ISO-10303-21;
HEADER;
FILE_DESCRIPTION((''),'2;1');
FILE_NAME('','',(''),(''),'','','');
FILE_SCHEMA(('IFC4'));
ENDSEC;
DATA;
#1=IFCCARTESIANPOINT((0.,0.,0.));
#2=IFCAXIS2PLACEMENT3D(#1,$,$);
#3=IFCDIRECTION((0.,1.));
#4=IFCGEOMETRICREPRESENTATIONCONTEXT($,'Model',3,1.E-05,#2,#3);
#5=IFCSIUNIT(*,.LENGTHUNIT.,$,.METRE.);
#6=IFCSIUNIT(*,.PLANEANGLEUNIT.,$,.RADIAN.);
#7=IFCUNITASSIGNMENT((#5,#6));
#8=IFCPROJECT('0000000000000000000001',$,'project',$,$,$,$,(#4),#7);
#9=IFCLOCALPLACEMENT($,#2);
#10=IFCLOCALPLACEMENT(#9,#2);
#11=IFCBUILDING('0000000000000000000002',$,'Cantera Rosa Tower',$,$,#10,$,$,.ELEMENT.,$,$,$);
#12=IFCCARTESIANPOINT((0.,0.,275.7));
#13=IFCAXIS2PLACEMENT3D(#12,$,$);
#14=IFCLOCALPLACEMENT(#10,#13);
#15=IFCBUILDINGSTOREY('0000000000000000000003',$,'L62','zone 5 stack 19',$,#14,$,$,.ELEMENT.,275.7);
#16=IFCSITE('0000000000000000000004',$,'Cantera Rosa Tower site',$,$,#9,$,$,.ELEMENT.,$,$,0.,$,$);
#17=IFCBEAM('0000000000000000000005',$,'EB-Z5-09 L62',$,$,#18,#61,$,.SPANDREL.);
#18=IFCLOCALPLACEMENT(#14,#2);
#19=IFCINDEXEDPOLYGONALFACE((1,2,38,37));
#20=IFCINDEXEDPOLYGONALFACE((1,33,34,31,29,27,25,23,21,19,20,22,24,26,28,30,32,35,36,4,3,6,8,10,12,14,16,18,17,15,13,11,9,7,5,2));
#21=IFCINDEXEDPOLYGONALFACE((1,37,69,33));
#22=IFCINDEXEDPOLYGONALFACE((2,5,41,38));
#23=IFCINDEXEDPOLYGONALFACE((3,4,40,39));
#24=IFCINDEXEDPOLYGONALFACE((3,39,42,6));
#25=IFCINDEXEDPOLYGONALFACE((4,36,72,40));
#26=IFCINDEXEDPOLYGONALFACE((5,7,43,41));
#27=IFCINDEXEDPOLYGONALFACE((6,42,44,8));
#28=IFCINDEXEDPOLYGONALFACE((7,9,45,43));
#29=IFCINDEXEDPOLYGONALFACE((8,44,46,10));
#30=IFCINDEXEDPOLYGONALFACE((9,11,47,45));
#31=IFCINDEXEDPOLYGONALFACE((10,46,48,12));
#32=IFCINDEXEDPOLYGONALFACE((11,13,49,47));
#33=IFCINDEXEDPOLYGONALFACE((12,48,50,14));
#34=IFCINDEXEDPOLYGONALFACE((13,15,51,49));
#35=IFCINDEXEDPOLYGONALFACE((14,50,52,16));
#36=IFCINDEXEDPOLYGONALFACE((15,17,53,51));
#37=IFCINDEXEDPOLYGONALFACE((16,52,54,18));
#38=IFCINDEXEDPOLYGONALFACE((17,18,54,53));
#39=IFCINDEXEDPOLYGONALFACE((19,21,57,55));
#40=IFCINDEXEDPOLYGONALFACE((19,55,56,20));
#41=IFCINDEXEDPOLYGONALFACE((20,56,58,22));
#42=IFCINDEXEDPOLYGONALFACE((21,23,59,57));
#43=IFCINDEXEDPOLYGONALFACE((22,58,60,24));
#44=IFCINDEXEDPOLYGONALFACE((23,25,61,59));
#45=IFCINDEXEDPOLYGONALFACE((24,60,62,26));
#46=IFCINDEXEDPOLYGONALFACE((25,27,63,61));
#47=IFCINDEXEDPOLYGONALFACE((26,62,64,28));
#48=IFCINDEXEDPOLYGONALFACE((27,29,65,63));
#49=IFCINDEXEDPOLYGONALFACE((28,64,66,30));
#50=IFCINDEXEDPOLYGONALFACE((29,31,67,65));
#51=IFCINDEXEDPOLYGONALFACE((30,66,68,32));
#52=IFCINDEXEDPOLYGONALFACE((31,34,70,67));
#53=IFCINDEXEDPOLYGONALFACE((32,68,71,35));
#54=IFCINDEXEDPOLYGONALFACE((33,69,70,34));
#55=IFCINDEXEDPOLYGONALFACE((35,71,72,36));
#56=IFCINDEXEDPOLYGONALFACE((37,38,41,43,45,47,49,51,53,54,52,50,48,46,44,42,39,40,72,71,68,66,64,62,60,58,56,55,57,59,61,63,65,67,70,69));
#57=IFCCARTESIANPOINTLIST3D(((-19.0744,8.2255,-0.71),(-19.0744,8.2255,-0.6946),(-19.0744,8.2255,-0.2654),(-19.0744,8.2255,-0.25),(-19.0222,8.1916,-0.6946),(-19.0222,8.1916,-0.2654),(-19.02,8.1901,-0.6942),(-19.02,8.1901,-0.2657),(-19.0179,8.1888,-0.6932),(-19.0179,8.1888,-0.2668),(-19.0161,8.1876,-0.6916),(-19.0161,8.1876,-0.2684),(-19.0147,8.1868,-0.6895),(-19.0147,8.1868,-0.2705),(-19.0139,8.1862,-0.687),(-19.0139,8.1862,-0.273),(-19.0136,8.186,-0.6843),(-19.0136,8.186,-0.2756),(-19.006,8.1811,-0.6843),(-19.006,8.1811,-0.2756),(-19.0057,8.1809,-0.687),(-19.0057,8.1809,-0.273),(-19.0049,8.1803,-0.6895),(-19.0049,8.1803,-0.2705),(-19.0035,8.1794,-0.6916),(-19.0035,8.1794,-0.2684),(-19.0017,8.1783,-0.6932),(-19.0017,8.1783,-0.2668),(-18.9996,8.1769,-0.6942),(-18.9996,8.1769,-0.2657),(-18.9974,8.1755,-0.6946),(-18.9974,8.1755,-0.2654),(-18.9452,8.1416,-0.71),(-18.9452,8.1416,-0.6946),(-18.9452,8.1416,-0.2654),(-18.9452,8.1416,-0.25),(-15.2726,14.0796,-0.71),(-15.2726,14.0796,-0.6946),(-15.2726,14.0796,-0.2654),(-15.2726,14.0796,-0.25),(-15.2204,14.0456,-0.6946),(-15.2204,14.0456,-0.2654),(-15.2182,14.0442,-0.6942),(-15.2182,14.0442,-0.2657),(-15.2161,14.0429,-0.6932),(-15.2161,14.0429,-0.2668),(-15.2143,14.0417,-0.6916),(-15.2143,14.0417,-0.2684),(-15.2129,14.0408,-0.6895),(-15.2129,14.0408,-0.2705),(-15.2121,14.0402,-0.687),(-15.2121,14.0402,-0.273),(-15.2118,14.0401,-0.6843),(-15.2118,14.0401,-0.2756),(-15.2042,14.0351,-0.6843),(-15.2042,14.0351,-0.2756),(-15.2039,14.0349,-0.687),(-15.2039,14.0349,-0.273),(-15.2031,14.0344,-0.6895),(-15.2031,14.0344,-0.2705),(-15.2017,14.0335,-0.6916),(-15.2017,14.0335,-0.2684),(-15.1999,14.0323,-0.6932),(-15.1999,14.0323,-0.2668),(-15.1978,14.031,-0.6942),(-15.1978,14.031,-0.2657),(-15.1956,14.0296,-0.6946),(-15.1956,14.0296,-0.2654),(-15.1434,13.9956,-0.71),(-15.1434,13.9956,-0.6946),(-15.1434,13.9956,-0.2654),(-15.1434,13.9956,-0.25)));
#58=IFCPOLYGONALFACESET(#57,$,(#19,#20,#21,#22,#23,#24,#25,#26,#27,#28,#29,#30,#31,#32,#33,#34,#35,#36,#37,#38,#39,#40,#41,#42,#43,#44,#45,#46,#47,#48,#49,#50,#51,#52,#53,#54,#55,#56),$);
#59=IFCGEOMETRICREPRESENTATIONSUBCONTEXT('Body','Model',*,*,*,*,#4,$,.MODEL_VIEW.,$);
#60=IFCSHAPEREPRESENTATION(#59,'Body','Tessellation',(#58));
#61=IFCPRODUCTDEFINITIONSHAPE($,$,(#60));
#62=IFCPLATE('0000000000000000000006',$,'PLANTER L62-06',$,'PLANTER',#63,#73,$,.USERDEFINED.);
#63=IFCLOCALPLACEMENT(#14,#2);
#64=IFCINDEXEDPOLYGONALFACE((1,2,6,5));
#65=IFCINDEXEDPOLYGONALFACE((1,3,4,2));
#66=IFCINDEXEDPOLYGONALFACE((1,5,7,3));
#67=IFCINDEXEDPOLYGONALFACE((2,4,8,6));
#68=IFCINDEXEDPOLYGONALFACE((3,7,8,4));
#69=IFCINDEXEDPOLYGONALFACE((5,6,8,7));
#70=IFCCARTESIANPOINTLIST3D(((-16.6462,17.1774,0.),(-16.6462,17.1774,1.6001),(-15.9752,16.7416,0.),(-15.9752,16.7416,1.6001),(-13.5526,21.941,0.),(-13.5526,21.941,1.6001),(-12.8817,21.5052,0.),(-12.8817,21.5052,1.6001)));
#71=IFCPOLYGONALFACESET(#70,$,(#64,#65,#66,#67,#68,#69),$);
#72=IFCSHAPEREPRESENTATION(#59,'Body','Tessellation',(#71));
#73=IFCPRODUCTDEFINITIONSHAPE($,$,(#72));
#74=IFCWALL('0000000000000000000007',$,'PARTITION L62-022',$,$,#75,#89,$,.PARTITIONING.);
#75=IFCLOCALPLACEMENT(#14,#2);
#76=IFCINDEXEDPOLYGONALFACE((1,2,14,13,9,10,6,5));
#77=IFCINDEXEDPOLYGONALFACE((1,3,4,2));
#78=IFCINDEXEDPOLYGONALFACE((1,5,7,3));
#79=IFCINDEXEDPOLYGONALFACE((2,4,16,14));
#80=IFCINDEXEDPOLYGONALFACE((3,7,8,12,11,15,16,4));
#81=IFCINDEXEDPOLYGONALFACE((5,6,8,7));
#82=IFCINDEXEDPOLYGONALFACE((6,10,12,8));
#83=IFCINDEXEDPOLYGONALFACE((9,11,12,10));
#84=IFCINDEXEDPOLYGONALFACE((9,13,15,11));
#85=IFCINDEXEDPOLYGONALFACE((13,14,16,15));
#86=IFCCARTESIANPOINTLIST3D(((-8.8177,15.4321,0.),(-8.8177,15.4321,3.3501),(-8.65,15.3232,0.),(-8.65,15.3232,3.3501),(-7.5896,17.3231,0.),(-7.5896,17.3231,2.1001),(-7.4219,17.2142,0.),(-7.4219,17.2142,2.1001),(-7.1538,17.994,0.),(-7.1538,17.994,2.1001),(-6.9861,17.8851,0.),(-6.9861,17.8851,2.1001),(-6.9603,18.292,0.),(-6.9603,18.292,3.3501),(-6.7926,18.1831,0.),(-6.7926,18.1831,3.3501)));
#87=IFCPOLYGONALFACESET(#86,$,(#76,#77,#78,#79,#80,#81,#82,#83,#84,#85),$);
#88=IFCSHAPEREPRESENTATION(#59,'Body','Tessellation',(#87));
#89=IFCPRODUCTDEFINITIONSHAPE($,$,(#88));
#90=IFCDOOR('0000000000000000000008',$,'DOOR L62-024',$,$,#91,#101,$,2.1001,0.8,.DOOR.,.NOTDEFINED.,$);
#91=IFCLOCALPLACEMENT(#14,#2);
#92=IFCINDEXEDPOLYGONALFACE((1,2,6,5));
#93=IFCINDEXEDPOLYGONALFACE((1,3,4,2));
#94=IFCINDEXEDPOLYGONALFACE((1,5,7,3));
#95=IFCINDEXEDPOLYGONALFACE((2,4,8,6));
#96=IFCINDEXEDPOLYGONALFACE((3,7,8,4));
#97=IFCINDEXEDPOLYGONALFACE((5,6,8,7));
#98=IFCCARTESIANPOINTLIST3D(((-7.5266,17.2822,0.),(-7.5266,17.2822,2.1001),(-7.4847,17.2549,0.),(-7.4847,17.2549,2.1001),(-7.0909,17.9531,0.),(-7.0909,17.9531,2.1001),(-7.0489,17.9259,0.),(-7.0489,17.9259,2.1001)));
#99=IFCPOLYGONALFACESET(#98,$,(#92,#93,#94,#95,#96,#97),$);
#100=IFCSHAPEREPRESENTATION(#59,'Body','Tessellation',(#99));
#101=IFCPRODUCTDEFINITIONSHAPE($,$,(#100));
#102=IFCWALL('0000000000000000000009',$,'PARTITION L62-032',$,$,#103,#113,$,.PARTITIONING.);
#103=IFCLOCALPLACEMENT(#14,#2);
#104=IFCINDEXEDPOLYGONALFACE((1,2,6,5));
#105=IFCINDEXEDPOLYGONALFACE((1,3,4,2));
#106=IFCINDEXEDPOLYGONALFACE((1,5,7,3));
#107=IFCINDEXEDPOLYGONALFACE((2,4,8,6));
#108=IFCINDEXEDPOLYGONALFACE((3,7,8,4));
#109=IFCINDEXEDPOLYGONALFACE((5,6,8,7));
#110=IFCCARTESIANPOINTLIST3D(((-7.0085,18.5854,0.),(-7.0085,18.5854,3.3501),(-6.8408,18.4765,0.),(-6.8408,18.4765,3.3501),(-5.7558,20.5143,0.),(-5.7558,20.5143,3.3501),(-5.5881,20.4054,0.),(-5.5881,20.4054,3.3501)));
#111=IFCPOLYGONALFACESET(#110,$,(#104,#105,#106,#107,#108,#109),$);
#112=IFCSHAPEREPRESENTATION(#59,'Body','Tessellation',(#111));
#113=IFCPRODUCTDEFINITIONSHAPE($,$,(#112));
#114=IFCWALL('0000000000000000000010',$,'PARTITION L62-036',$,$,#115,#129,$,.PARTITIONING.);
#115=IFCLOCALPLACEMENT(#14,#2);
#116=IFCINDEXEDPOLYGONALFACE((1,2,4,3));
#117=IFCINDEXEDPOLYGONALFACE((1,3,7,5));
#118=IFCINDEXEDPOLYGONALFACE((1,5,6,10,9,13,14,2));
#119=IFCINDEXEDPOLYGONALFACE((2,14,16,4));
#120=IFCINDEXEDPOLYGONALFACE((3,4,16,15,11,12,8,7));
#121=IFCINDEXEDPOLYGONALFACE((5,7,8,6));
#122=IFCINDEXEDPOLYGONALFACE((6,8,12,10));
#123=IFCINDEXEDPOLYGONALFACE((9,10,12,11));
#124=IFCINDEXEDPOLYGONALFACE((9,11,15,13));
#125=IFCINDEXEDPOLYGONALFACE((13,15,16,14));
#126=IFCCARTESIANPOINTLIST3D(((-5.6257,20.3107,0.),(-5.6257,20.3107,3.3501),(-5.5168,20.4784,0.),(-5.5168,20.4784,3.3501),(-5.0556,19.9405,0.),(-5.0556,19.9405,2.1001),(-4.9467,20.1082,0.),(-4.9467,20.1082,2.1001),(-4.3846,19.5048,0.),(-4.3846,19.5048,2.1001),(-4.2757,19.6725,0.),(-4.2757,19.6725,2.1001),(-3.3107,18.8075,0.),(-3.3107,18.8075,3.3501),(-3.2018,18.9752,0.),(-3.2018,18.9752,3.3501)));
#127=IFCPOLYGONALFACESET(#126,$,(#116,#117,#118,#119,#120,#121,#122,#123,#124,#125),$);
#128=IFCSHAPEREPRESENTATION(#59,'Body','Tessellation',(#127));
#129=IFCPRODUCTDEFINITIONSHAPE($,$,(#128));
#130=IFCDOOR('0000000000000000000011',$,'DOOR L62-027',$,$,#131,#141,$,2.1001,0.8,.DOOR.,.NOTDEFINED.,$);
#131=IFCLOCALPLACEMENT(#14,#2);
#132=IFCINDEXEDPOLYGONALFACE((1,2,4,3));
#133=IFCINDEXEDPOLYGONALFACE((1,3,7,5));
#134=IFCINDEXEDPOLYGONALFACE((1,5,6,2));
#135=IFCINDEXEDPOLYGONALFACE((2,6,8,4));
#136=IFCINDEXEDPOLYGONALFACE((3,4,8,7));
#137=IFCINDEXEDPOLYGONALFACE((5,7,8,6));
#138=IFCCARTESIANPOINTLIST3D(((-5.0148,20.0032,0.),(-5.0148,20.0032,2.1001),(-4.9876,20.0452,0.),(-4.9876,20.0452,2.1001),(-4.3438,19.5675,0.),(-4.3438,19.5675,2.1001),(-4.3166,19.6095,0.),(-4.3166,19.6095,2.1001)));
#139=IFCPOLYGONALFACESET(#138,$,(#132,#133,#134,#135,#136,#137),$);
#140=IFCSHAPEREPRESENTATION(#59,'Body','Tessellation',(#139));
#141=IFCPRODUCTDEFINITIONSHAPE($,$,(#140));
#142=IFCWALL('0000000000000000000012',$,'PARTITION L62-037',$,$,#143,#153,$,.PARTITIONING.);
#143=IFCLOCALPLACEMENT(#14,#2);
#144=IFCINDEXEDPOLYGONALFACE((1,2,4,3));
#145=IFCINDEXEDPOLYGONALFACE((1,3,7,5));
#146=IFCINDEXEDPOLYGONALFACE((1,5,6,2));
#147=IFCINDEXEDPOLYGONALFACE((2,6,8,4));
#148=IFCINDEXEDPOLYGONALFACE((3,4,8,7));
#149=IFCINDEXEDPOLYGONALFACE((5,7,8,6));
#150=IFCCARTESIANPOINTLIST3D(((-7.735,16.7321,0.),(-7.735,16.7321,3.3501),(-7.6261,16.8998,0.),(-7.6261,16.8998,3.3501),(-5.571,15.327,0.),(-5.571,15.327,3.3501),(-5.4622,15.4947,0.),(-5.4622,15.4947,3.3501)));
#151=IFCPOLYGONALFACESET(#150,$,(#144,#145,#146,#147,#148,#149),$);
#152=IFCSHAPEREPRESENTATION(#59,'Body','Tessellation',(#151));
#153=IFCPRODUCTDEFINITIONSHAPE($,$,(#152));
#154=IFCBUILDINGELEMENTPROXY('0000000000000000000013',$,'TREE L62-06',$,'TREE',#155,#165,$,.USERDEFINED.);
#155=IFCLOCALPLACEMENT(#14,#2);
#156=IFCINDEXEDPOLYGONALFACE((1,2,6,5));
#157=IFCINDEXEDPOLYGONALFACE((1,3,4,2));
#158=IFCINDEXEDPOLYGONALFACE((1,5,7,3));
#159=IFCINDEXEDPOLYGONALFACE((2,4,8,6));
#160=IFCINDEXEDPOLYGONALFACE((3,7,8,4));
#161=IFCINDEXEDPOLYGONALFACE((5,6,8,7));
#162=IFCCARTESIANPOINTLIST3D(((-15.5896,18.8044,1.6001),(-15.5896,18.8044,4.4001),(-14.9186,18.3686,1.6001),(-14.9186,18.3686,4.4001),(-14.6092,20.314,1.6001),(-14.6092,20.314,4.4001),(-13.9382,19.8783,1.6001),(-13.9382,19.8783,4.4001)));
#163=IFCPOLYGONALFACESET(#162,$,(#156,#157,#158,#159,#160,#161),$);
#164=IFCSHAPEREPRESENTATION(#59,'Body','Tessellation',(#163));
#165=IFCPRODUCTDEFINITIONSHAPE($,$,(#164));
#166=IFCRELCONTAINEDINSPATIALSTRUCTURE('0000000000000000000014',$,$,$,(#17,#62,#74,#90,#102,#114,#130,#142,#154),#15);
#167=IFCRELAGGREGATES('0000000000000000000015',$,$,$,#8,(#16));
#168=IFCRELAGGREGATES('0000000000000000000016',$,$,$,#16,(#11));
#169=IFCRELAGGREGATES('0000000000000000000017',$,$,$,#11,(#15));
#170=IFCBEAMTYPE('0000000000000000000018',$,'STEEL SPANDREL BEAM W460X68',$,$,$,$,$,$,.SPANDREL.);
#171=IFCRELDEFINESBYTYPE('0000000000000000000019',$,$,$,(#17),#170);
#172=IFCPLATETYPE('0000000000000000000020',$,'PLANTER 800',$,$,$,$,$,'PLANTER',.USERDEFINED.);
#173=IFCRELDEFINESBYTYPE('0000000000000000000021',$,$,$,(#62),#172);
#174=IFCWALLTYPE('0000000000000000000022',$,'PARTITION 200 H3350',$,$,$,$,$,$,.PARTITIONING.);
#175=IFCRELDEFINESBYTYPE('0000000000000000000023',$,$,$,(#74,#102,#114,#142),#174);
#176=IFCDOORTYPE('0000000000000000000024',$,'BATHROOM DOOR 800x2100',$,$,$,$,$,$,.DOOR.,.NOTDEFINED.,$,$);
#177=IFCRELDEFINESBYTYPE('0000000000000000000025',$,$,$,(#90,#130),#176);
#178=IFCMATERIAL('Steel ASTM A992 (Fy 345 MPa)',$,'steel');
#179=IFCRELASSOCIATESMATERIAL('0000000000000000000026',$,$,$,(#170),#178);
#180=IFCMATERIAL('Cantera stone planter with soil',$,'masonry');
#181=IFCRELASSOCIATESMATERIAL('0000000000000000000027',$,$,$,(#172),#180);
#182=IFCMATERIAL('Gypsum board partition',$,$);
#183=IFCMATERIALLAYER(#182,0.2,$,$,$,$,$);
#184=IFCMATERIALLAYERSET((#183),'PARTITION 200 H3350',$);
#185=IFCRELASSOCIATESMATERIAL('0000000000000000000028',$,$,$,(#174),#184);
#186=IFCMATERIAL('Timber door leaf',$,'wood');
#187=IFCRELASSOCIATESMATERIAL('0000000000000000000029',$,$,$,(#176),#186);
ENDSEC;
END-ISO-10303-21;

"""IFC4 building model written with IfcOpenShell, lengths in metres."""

from ifc_helpers import new_model, si_unit, direction, frame, frame_2d, origin, origin_2d, place, context, subcontext, project, spatial, rectangle, i_section, extrude, material, layer, layer_set, material_profile, profile_set, type_object, element, fill, save


model = new_model("IFC4")

# Units and contexts
model_context = context("Model", 3, precision=1e-05, world=origin(), true_north=direction((0.0, 1.0)))
body_context = subcontext(model_context, "Body", "Model", "MODEL_VIEW")
ifc_project = project(units=[si_unit("LENGTHUNIT", "METRE"), si_unit("PLANEANGLEUNIT", "RADIAN")], contexts=[model_context])

# Site, building, storey
site_placement = place(None, origin())
site = spatial("IfcSite", under=ifc_project, at=site_placement, Name="Cantera Rosa Tower site", CompositionType="ELEMENT", RefElevation=0.0)
building_placement = place(site_placement, origin())
building = spatial("IfcBuilding", under=site, at=building_placement, Name="Cantera Rosa Tower", CompositionType="ELEMENT")
storey_placement = place(building_placement, frame((0.0, 0.0, 275.7)))
storey = spatial("IfcBuildingStorey", under=building, at=storey_placement, Name="L62", Description="zone 5 stack 19", CompositionType="ELEMENT", Elevation=275.7)

# Beam
ifc_material_1 = material(Name="Steel ASTM A992 (Fy 345 MPa)", Category="steel")
ifc_material_profile_1 = material_profile(ifc_material_1, i_section(OverallWidth=0.1541, OverallDepth=0.46, WebThickness=0.009, FlangeThickness=0.0154, FilletRadius=0.0103, at=origin_2d()), Name="W460X68")
ifc_profile_set_1 = profile_set([ifc_material_profile_1], Name="Steel ASTM A992 (Fy 345 MPa)")
beam_type_1 = type_object("IfcBeamType", Name="STEEL SPANDREL BEAM W460X68", PredefinedType="SPANDREL", material=ifc_profile_set_1)
for number, where, z_axis, x_axis, name in (
    (1, (-15.208, 14.0376, -0.48), (-0.544651, -0.838663, 0.0), (0.838663, -0.544651, 0.0), "EB-Z5-09 L62"),
):
    element("IfcBeam", number, at=place(storey_placement, frame(where, z_axis=z_axis, x_axis=x_axis)), inside=storey, type_object=beam_type_1, Name=name, PredefinedType="SPANDREL", context=body_context, shape_type="SweptSolid", body=[
        extrude(i_section(OverallWidth=0.1541, OverallDepth=0.46, WebThickness=0.009, FlangeThickness=0.0154, FilletRadius=0.0103, at=origin_2d()), origin(), (0.0, 0.0, 1.0), 6.9802),
    ])

# Plate
ifc_material_2 = material(Name="Cantera stone planter with soil", Category="masonry")
plate_type = type_object("IfcPlateType", Name="PLANTER 800", ElementType="PLANTER", PredefinedType="USERDEFINED", material=ifc_material_2)
plate_placement = place(storey_placement, frame((-14.7639, 19.3413, 0.0), z_axis=(0.0, 0.0, 1.0), x_axis=(-0.544639, -0.838671, 0.0)))
element("IfcPlate", 2, at=plate_placement, inside=storey, type_object=plate_type, Name="PLANTER L62-06", ObjectType="PLANTER", PredefinedType="USERDEFINED", context=body_context, shape_type="SweptSolid", body=[
    extrude(rectangle(XDim=5.6799, YDim=0.8, at=origin_2d()), origin(), (0.0, 0.0, 1.0), 1.6001),
])

# Wall, opening, door
ifc_material_3 = material(Name="Gypsum board partition")
ifc_layer_1 = layer(ifc_material_3, 0.2)
ifc_layer_set_1 = layer_set([ifc_layer_1], Name="PARTITION 200 H3350")
wall_type_1 = type_object("IfcWallType", Name="PARTITION 200 H3350", PredefinedType="PARTITIONING", material=ifc_layer_set_1)
wall_1_placement = place(storey_placement, frame((-8.7339, 15.3777, 0.0), z_axis=(0.0, 0.0, 1.0), x_axis=(0.544681, 0.838643, 0.0)))
wall_1 = element("IfcWall", 3, at=wall_1_placement, inside=storey, type_object=wall_type_1, Name="PARTITION L62-022", PredefinedType="PARTITIONING", context=body_context, shape_type="SweptSolid", body=[
    extrude(rectangle(XDim=3.4102, YDim=0.2, at=frame_2d((1.7051, 0.0))), origin(), (0.0, 0.0, 1.0), 3.3501),
])
opening_1_placement = place(wall_1_placement, frame((2.2549, 0.0, 0.0)))
opening_1 = element("IfcOpeningElement", 4, at=opening_1_placement, cuts=wall_1, PredefinedType="OPENING", context=body_context, shape_type="SweptSolid", body=[
    extrude(rectangle(XDim=0.8, YDim=2.1001, at=frame_2d((0.3999, 1.05))), frame((0.0, 0.1099, 0.0), z_axis=(0.0, -1.0, 0.0), x_axis=(1.0, 0.0, 0.0)), (0.0, 0.0, 1.0), 0.22),
])
ifc_material_4 = material(Name="Timber door leaf", Category="wood")
door_type_1 = type_object("IfcDoorType", Name="BATHROOM DOOR 800x2100", OperationType="NOTDEFINED", PredefinedType="DOOR", material=ifc_material_4)
door_1_placement = place(opening_1_placement, origin())
door_1 = element("IfcDoor", 5, at=door_1_placement, inside=storey, type_object=door_type_1, Name="DOOR L62-024", OperationType="NOTDEFINED", OverallHeight=2.1001, OverallWidth=0.8, PredefinedType="DOOR", context=body_context, shape_type="SweptSolid", body=[
    extrude(rectangle(XDim=0.8, YDim=2.1001, at=frame_2d((0.3999, 1.05))), frame((0.0, 0.0249, 0.0), z_axis=(0.0, -1.0, 0.0), x_axis=(1.0, 0.0, 0.0)), (0.0, 0.0, 1.0), 0.05),
])
fill(opening_1, door_1)

# Wall
wall_2_placement = place(storey_placement, frame((-6.9246, 18.531, 0.0), z_axis=(0.0, 0.0, 1.0), x_axis=(0.544641, 0.838669, 0.0)))
element("IfcWall", 6, at=wall_2_placement, inside=storey, type_object=wall_type_1, Name="PARTITION L62-032", PredefinedType="PARTITIONING", context=body_context, shape_type="SweptSolid", body=[
    extrude(rectangle(XDim=2.3, YDim=0.2, at=frame_2d((1.1499, 0.0))), origin(), (0.0, 0.0, 1.0), 3.3501),
])

# Wall, opening, door
wall_3_placement = place(storey_placement, frame((-5.5713, 20.3945, 0.0), z_axis=(0.0, 0.0, 1.0), x_axis=(0.838698, -0.544597, 0.0)))
wall_3 = element("IfcWall", 7, at=wall_3_placement, inside=storey, type_object=wall_type_1, Name="PARTITION L62-036", PredefinedType="PARTITIONING", context=body_context, shape_type="SweptSolid", body=[
    extrude(rectangle(XDim=2.7603, YDim=0.2, at=frame_2d((1.3801, 0.0))), origin(), (0.0, 0.0, 1.0), 3.3501),
])
opening_2_placement = place(wall_3_placement, frame((0.6799, 0.0, 0.0)))
opening_2 = element("IfcOpeningElement", 8, at=opening_2_placement, cuts=wall_3, PredefinedType="OPENING", context=body_context, shape_type="SweptSolid", body=[
    extrude(rectangle(XDim=0.8, YDim=2.1001, at=frame_2d((0.3999, 1.05))), frame((0.0, 0.1099, 0.0), z_axis=(0.0, -1.0, 0.0), x_axis=(1.0, 0.0, 0.0)), (0.0, 0.0, 1.0), 0.22),
])
door_2_placement = place(opening_2_placement, origin())
door_2 = element("IfcDoor", 9, at=door_2_placement, inside=storey, type_object=door_type_1, Name="DOOR L62-027", OperationType="NOTDEFINED", OverallHeight=2.1001, OverallWidth=0.8, PredefinedType="DOOR", context=body_context, shape_type="SweptSolid", body=[
    extrude(rectangle(XDim=0.8, YDim=2.1001, at=frame_2d((0.3999, 1.05))), frame((0.0, 0.0249, 0.0), z_axis=(0.0, -1.0, 0.0), x_axis=(1.0, 0.0, 0.0)), (0.0, 0.0, 1.0), 0.05),
])
fill(opening_2, door_2)

# Wall
wall_4_placement = place(storey_placement, frame((-5.5166, 15.4109, 0.0), z_axis=(0.0, 0.0, 1.0), x_axis=(-0.838701, 0.544592, 0.0)))
element("IfcWall", 10, at=wall_4_placement, inside=storey, type_object=wall_type_1, Name="PARTITION L62-037", PredefinedType="PARTITIONING", context=body_context, shape_type="SweptSolid", body=[
    extrude(rectangle(XDim=2.5801, YDim=0.2, at=frame_2d((1.29, 0.0))), origin(), (0.0, 0.0, 1.0), 3.3501),
])

# Building element proxy
proxy_placement = place(storey_placement, frame((-14.7639, 19.3413, 1.6001), z_axis=(0.0, 0.0, 1.0), x_axis=(-0.544639, -0.838671, 0.0)))
element("IfcBuildingElementProxy", 11, at=proxy_placement, inside=storey, Name="TREE L62-06", ObjectType="TREE", PredefinedType="USERDEFINED", context=body_context, shape_type="SweptSolid", body=[
    extrude(rectangle(XDim=1.8, YDim=0.8, at=origin_2d()), origin(), (0.0, 0.0, 1.0), 2.8),
])

save(model, "model.ifc")
